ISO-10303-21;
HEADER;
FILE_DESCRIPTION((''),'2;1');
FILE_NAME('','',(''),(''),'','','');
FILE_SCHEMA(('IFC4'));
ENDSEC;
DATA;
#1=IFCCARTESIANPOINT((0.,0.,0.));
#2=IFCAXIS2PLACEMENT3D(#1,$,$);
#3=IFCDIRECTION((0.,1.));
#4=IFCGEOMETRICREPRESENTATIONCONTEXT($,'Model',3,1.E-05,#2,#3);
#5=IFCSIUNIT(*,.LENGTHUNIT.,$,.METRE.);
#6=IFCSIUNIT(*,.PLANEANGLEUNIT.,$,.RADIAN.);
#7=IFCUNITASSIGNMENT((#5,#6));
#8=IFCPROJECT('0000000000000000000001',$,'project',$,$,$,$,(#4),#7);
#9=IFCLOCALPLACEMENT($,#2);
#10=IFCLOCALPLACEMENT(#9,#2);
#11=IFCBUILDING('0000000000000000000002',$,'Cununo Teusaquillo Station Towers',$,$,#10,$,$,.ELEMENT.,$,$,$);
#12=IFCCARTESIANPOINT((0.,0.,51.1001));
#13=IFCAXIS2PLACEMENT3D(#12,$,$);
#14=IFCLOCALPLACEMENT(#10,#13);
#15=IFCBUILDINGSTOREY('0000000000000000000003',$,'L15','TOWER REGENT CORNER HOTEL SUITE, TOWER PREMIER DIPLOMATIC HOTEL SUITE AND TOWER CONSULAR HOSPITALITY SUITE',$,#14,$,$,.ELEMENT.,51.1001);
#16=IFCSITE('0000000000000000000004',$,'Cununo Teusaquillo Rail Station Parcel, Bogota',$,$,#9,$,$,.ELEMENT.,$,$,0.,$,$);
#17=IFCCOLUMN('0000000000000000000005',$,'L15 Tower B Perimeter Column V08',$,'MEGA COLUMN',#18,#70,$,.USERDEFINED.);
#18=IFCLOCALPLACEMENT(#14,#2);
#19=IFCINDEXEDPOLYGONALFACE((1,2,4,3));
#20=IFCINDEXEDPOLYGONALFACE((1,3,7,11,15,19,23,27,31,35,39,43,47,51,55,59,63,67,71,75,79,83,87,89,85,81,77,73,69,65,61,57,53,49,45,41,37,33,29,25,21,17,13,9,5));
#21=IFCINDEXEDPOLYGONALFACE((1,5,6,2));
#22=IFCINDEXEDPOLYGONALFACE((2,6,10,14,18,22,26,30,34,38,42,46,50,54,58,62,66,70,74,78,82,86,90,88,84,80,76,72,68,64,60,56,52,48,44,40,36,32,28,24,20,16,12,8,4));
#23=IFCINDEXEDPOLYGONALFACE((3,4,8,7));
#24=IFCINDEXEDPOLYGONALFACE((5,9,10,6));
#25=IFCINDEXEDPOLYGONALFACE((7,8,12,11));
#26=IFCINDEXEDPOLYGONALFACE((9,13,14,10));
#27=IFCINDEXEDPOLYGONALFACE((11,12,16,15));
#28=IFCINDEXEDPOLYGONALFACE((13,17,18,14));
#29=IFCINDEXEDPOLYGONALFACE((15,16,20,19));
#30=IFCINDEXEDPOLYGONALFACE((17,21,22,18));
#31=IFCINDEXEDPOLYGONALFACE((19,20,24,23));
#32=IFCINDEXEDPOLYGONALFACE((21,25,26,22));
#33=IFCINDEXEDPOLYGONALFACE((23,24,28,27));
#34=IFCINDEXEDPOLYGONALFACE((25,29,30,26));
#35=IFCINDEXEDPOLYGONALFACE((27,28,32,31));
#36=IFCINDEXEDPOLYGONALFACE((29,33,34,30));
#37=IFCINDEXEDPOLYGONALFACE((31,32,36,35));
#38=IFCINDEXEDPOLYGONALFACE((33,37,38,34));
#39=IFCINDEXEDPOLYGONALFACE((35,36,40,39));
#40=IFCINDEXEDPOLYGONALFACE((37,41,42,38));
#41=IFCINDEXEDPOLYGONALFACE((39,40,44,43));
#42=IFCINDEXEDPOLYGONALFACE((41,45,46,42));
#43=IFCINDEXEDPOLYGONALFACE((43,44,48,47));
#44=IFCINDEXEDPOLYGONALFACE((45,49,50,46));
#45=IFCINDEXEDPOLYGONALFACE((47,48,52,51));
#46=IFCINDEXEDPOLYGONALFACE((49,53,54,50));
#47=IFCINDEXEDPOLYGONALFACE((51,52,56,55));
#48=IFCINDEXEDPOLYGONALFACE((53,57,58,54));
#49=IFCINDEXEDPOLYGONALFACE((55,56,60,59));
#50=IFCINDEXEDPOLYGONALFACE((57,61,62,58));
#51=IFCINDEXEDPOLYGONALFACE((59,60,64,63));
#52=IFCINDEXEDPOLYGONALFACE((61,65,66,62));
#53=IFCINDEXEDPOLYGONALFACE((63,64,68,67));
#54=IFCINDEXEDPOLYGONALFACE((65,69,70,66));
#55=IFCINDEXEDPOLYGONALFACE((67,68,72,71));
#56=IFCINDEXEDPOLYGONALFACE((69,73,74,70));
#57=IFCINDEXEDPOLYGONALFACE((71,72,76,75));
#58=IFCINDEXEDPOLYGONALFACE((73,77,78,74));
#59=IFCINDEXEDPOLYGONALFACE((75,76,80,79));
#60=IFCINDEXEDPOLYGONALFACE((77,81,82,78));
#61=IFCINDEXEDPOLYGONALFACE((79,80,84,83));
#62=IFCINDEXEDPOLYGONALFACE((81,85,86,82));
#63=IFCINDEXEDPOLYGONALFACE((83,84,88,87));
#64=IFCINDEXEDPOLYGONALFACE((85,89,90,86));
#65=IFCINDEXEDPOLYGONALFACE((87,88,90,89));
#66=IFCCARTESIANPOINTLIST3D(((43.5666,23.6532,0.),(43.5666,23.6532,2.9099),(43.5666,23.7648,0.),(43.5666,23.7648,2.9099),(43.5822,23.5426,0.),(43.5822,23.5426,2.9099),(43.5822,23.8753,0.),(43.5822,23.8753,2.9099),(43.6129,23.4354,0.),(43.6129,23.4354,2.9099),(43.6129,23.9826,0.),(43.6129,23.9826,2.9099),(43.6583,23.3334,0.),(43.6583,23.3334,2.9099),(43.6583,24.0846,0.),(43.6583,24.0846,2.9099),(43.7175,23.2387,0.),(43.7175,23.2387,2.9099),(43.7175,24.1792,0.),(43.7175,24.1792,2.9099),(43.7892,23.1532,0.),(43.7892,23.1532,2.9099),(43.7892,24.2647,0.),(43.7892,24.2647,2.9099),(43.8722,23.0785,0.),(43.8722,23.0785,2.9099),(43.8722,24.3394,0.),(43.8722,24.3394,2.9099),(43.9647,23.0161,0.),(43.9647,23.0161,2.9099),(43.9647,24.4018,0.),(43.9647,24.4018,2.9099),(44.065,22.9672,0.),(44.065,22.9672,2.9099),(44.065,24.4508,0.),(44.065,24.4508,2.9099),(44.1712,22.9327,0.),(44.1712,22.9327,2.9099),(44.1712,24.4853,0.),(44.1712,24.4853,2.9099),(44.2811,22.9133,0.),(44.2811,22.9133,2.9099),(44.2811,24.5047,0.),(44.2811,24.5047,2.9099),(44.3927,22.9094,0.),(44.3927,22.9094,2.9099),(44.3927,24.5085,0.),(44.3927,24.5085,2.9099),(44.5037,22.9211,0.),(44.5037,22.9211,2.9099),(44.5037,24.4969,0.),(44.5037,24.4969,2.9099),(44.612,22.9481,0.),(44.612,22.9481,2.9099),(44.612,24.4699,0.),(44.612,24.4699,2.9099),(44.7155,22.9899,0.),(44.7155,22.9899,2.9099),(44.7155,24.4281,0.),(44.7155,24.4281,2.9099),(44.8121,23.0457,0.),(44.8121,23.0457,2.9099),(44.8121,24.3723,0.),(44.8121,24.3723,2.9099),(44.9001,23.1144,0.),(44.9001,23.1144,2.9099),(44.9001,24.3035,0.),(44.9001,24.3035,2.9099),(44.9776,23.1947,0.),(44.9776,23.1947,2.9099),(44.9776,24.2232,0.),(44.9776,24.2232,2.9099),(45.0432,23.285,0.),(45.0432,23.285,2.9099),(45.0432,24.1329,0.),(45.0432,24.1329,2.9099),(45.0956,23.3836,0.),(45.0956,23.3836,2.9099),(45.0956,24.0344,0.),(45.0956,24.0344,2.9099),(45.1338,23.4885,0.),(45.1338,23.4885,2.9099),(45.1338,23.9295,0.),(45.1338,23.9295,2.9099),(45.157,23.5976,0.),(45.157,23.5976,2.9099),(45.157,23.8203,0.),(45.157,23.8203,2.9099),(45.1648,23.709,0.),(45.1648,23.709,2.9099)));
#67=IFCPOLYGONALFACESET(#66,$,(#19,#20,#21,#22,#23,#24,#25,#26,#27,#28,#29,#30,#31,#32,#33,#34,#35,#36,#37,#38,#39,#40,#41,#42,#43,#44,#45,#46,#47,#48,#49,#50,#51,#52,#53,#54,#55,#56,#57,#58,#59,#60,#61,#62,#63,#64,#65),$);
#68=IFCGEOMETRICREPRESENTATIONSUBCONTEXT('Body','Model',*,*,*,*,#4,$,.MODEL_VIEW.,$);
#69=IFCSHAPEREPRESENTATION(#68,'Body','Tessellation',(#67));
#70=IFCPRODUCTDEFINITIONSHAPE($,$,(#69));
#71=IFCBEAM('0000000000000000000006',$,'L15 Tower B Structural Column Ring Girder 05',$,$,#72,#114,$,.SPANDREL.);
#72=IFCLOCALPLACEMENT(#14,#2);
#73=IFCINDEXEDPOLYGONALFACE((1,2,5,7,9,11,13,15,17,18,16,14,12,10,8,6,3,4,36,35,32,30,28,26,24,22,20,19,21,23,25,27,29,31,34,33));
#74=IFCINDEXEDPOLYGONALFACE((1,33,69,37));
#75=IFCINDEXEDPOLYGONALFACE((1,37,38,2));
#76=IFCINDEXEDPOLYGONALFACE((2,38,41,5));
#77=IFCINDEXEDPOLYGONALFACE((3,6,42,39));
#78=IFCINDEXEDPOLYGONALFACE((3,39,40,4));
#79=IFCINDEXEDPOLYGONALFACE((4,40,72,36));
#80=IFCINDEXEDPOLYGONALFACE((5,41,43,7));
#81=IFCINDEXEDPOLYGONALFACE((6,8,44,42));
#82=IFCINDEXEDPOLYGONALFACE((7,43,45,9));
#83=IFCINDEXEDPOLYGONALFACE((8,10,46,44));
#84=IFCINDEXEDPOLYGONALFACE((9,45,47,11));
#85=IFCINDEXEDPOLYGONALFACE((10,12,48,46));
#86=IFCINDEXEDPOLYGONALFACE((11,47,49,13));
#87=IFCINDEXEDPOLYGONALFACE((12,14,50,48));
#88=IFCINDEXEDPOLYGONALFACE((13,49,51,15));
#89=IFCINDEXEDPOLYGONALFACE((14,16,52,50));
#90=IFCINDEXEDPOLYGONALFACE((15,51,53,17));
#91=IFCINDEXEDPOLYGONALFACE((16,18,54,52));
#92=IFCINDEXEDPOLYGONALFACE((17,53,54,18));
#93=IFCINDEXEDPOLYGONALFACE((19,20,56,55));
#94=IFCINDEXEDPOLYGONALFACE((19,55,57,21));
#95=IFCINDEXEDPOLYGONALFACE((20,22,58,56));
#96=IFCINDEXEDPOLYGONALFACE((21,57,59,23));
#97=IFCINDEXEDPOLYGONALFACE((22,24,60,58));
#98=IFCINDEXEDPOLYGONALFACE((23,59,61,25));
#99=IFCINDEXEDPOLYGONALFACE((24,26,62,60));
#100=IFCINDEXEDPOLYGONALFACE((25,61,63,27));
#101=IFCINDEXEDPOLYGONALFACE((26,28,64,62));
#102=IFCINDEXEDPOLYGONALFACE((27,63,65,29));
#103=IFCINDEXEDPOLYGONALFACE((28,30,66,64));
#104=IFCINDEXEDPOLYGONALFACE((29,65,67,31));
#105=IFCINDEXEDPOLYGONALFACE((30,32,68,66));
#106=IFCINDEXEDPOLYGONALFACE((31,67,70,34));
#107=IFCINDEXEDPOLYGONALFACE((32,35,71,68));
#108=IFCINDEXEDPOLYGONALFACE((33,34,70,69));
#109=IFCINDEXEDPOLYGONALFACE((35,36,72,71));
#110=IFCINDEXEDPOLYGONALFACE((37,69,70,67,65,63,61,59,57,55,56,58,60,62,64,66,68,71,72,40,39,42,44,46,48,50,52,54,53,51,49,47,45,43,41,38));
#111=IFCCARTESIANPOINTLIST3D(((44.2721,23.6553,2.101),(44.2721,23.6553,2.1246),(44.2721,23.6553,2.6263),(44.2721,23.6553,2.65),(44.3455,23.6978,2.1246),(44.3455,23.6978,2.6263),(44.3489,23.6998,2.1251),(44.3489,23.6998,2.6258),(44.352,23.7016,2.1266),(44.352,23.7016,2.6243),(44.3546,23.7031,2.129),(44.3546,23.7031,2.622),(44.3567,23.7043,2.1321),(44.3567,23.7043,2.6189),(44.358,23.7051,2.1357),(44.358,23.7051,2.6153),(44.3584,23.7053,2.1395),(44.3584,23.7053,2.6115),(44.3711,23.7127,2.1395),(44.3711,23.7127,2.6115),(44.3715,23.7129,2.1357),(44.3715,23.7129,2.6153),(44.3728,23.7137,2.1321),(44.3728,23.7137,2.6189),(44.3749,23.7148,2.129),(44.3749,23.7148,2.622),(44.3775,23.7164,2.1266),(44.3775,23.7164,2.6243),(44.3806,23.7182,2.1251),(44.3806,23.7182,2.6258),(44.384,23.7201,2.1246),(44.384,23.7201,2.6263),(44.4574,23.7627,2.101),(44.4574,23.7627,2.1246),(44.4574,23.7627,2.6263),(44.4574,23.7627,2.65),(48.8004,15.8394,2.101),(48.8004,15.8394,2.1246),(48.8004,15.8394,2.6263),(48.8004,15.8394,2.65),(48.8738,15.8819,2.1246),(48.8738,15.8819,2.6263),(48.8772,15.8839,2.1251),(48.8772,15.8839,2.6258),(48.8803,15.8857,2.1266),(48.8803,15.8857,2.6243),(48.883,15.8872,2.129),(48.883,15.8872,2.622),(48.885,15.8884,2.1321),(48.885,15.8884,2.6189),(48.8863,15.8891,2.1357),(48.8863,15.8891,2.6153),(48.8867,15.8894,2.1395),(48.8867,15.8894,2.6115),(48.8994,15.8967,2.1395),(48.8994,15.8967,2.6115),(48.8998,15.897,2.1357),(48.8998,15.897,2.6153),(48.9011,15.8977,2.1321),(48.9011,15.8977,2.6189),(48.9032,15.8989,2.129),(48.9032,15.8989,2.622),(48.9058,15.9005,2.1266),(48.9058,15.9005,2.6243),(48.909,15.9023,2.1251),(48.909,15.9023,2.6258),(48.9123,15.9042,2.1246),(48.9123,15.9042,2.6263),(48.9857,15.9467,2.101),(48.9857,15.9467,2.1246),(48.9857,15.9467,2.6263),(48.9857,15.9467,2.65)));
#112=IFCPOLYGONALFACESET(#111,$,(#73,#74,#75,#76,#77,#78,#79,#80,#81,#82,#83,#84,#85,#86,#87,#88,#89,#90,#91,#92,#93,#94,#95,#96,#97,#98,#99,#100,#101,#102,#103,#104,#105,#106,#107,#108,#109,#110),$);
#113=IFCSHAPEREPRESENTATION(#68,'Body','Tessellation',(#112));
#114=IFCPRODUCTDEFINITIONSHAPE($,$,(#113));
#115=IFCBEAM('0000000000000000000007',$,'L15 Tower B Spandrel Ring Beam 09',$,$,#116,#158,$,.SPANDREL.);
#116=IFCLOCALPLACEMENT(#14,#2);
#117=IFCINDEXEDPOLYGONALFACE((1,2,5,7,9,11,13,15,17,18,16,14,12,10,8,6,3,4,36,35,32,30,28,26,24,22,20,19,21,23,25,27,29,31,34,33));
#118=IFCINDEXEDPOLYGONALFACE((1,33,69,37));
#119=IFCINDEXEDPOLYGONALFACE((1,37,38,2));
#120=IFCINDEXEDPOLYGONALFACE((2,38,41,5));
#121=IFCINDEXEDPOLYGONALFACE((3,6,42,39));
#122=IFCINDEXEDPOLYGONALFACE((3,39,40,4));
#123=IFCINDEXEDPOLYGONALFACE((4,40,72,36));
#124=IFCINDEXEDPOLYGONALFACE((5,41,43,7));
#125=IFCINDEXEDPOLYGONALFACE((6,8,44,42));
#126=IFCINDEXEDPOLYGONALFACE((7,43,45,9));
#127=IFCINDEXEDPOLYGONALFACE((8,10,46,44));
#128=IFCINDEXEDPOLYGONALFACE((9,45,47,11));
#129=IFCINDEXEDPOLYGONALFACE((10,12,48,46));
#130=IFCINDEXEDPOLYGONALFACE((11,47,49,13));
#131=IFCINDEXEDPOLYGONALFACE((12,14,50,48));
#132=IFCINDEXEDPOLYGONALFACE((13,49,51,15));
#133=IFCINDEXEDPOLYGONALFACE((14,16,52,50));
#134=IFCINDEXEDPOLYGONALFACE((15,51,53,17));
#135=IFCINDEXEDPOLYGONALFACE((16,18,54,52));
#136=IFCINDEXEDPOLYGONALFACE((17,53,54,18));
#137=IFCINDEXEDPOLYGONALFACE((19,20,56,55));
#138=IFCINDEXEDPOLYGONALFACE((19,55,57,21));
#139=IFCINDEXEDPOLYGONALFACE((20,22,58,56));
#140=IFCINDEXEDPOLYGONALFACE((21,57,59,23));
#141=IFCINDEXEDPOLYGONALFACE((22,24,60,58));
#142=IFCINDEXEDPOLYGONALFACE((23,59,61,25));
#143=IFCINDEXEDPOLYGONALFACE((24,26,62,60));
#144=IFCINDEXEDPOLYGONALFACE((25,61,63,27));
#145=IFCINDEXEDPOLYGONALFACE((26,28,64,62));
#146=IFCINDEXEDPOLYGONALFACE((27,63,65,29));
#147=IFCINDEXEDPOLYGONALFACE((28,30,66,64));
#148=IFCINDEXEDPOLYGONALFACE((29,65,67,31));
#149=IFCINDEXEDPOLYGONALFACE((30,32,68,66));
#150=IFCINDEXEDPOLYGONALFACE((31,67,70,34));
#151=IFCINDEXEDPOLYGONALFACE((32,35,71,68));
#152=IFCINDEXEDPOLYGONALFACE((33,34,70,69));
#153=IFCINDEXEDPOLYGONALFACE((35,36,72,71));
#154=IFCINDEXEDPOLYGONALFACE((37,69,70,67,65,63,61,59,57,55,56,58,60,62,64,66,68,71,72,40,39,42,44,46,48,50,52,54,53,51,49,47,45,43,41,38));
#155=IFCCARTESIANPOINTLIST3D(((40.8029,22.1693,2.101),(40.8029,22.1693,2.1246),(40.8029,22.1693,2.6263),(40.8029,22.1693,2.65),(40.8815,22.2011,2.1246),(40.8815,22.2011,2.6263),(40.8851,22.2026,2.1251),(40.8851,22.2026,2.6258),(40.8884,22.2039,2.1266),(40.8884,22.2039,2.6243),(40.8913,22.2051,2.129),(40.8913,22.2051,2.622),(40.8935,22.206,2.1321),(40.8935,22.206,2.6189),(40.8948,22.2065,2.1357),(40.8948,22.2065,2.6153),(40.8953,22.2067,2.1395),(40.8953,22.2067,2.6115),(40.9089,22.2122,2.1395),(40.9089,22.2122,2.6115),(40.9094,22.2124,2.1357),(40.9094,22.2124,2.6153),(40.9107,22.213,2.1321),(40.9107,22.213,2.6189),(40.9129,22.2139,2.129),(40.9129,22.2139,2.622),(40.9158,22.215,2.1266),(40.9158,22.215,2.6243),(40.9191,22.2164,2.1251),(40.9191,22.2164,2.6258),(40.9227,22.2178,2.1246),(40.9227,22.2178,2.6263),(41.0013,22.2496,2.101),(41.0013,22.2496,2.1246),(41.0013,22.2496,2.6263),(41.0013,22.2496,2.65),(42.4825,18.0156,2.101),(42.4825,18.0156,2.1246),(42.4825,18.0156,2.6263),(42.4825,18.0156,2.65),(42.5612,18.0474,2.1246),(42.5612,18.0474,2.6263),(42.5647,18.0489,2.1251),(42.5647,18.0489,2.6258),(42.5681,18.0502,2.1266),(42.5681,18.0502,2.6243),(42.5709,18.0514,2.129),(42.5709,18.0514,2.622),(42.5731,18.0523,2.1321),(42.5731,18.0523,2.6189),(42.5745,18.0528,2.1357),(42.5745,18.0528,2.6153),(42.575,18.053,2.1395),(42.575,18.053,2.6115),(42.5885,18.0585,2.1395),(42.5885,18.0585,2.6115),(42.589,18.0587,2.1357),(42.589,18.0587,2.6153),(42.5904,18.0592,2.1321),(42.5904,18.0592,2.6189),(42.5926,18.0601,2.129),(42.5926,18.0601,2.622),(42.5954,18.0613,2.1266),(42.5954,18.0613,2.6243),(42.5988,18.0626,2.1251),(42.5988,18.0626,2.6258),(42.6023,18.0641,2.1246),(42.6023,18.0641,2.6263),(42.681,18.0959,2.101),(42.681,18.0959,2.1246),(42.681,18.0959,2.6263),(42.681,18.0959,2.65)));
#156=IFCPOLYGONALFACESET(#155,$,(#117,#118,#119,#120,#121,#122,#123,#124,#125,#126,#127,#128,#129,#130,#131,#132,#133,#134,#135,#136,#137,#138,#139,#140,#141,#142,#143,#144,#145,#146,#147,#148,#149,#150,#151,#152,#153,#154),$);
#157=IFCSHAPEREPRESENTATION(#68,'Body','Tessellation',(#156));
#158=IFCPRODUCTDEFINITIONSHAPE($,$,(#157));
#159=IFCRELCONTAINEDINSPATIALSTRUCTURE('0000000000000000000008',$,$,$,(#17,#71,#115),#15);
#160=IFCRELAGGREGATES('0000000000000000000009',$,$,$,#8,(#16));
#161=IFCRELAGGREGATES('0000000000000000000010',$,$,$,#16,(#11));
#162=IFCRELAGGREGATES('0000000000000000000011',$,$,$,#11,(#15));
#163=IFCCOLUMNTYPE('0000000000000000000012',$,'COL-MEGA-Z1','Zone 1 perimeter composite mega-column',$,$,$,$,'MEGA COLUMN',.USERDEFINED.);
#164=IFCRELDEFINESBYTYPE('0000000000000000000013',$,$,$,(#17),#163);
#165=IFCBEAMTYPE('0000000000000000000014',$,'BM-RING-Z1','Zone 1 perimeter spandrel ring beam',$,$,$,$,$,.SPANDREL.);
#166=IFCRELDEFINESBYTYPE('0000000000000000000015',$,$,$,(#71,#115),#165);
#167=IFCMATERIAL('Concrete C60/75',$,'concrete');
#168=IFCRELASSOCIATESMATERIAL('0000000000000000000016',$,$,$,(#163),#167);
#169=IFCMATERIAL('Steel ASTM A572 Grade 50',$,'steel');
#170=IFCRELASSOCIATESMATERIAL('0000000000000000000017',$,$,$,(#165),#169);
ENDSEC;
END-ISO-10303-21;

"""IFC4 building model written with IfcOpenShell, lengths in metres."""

from ifc_helpers import new_model, si_unit, direction, frame, origin, origin_2d, place, context, subcontext, project, spatial, circle, i_section, extrude, material, material_profile, profile_set, type_object, element, save


model = new_model("IFC4")

# Units and contexts
model_context = context("Model", 3, precision=1e-05, world=origin(), true_north=direction((0.0, 1.0)))
body_context = subcontext(model_context, "Body", "Model", "MODEL_VIEW")
ifc_project = project(units=[si_unit("LENGTHUNIT", "METRE"), si_unit("PLANEANGLEUNIT", "RADIAN")], contexts=[model_context])

# Site, building, storey
site_placement = place(None, origin())
site = spatial("IfcSite", under=ifc_project, at=site_placement, Name="Cununo Teusaquillo Rail Station Parcel, Bogota", CompositionType="ELEMENT", RefElevation=0.0)
building_placement = place(site_placement, origin())
building = spatial("IfcBuilding", under=site, at=building_placement, Name="Cununo Teusaquillo Station Towers", CompositionType="ELEMENT")
storey_placement = place(building_placement, frame((0.0, 0.0, 51.1001)))
storey = spatial("IfcBuildingStorey", under=building, at=storey_placement, Name="L15", Description="TOWER REGENT CORNER HOTEL SUITE, TOWER PREMIER DIPLOMATIC HOTEL SUITE AND TOWER CONSULAR HOSPITALITY SUITE", CompositionType="ELEMENT", Elevation=51.1001)

# Column
ifc_material_1 = material(Name="Concrete C60/75", Category="concrete")
ifc_material_profile_1 = material_profile(ifc_material_1, circle(Radius=0.8, at=origin_2d()), Name="RC-CIRC-1600")
ifc_profile_set_1 = profile_set([ifc_material_profile_1], Name="Concrete C60/75")
column_type = type_object("IfcColumnType", Name="COL-MEGA-Z1", Description="Zone 1 perimeter composite mega-column", ElementType="MEGA COLUMN", PredefinedType="USERDEFINED", material=ifc_profile_set_1)
column_placement = place(storey_placement, frame((44.3647, 23.709, 0.0), z_axis=(0.0, 0.0, 1.0), x_axis=(1.0, 0.0, 0.0)))
element("IfcColumn", 1, at=column_placement, inside=storey, type_object=column_type, Name="L15 Tower B Perimeter Column V08", ObjectType="MEGA COLUMN", PredefinedType="USERDEFINED", context=body_context, shape_type="SweptSolid", body=[
    extrude(circle(Radius=0.8, at=origin_2d()), origin(), (0.0, 0.0, 1.0), 2.9099),
])

# Beams
ifc_material_2 = material(Name="Steel ASTM A572 Grade 50", Category="steel")
ifc_material_profile_2 = material_profile(ifc_material_2, i_section(OverallWidth=0.2141, OverallDepth=0.5491, WebThickness=0.0146, FlangeThickness=0.0237, FilletRadius=0.0149, at=origin_2d()), Name="W21X93")
ifc_profile_set_2 = profile_set([ifc_material_profile_2], Name="Steel ASTM A572 Grade 50")
beam_type = type_object("IfcBeamType", Name="BM-RING-Z1", Description="Zone 1 perimeter spandrel ring beam", PredefinedType="SPANDREL", material=ifc_profile_set_2)
beam_1_placement = place(storey_placement, frame((44.3647, 23.709, 2.3755), z_axis=(0.501311, -0.865267, 0.0), x_axis=(0.865267, 0.501311, 0.0)))
element("IfcBeam", 2, at=beam_1_placement, inside=storey, type_object=beam_type, Name="L15 Tower B Structural Column Ring Girder 05", PredefinedType="SPANDREL", context=body_context, shape_type="SweptSolid", body=[
    extrude(i_section(OverallWidth=0.2141, OverallDepth=0.5491, WebThickness=0.0146, FlangeThickness=0.0237, FilletRadius=0.0149, at=origin_2d()), origin(), (0.0, 0.0, 1.0), 9.033),
])
beam_2_placement = place(storey_placement, frame((40.9021, 22.2095, 2.3755), z_axis=(0.374883, -0.927072, 0.0), x_axis=(0.927072, 0.374883, 0.0)))
element("IfcBeam", 3, at=beam_2_placement, inside=storey, type_object=beam_type, Name="L15 Tower B Spandrel Ring Beam 09", PredefinedType="SPANDREL", context=body_context, shape_type="SweptSolid", body=[
    extrude(i_section(OverallWidth=0.2141, OverallDepth=0.5491, WebThickness=0.0146, FlangeThickness=0.0237, FilletRadius=0.0149, at=origin_2d()), origin(), (0.0, 0.0, 1.0), 4.4805),
])

save(model, "model.ifc")
